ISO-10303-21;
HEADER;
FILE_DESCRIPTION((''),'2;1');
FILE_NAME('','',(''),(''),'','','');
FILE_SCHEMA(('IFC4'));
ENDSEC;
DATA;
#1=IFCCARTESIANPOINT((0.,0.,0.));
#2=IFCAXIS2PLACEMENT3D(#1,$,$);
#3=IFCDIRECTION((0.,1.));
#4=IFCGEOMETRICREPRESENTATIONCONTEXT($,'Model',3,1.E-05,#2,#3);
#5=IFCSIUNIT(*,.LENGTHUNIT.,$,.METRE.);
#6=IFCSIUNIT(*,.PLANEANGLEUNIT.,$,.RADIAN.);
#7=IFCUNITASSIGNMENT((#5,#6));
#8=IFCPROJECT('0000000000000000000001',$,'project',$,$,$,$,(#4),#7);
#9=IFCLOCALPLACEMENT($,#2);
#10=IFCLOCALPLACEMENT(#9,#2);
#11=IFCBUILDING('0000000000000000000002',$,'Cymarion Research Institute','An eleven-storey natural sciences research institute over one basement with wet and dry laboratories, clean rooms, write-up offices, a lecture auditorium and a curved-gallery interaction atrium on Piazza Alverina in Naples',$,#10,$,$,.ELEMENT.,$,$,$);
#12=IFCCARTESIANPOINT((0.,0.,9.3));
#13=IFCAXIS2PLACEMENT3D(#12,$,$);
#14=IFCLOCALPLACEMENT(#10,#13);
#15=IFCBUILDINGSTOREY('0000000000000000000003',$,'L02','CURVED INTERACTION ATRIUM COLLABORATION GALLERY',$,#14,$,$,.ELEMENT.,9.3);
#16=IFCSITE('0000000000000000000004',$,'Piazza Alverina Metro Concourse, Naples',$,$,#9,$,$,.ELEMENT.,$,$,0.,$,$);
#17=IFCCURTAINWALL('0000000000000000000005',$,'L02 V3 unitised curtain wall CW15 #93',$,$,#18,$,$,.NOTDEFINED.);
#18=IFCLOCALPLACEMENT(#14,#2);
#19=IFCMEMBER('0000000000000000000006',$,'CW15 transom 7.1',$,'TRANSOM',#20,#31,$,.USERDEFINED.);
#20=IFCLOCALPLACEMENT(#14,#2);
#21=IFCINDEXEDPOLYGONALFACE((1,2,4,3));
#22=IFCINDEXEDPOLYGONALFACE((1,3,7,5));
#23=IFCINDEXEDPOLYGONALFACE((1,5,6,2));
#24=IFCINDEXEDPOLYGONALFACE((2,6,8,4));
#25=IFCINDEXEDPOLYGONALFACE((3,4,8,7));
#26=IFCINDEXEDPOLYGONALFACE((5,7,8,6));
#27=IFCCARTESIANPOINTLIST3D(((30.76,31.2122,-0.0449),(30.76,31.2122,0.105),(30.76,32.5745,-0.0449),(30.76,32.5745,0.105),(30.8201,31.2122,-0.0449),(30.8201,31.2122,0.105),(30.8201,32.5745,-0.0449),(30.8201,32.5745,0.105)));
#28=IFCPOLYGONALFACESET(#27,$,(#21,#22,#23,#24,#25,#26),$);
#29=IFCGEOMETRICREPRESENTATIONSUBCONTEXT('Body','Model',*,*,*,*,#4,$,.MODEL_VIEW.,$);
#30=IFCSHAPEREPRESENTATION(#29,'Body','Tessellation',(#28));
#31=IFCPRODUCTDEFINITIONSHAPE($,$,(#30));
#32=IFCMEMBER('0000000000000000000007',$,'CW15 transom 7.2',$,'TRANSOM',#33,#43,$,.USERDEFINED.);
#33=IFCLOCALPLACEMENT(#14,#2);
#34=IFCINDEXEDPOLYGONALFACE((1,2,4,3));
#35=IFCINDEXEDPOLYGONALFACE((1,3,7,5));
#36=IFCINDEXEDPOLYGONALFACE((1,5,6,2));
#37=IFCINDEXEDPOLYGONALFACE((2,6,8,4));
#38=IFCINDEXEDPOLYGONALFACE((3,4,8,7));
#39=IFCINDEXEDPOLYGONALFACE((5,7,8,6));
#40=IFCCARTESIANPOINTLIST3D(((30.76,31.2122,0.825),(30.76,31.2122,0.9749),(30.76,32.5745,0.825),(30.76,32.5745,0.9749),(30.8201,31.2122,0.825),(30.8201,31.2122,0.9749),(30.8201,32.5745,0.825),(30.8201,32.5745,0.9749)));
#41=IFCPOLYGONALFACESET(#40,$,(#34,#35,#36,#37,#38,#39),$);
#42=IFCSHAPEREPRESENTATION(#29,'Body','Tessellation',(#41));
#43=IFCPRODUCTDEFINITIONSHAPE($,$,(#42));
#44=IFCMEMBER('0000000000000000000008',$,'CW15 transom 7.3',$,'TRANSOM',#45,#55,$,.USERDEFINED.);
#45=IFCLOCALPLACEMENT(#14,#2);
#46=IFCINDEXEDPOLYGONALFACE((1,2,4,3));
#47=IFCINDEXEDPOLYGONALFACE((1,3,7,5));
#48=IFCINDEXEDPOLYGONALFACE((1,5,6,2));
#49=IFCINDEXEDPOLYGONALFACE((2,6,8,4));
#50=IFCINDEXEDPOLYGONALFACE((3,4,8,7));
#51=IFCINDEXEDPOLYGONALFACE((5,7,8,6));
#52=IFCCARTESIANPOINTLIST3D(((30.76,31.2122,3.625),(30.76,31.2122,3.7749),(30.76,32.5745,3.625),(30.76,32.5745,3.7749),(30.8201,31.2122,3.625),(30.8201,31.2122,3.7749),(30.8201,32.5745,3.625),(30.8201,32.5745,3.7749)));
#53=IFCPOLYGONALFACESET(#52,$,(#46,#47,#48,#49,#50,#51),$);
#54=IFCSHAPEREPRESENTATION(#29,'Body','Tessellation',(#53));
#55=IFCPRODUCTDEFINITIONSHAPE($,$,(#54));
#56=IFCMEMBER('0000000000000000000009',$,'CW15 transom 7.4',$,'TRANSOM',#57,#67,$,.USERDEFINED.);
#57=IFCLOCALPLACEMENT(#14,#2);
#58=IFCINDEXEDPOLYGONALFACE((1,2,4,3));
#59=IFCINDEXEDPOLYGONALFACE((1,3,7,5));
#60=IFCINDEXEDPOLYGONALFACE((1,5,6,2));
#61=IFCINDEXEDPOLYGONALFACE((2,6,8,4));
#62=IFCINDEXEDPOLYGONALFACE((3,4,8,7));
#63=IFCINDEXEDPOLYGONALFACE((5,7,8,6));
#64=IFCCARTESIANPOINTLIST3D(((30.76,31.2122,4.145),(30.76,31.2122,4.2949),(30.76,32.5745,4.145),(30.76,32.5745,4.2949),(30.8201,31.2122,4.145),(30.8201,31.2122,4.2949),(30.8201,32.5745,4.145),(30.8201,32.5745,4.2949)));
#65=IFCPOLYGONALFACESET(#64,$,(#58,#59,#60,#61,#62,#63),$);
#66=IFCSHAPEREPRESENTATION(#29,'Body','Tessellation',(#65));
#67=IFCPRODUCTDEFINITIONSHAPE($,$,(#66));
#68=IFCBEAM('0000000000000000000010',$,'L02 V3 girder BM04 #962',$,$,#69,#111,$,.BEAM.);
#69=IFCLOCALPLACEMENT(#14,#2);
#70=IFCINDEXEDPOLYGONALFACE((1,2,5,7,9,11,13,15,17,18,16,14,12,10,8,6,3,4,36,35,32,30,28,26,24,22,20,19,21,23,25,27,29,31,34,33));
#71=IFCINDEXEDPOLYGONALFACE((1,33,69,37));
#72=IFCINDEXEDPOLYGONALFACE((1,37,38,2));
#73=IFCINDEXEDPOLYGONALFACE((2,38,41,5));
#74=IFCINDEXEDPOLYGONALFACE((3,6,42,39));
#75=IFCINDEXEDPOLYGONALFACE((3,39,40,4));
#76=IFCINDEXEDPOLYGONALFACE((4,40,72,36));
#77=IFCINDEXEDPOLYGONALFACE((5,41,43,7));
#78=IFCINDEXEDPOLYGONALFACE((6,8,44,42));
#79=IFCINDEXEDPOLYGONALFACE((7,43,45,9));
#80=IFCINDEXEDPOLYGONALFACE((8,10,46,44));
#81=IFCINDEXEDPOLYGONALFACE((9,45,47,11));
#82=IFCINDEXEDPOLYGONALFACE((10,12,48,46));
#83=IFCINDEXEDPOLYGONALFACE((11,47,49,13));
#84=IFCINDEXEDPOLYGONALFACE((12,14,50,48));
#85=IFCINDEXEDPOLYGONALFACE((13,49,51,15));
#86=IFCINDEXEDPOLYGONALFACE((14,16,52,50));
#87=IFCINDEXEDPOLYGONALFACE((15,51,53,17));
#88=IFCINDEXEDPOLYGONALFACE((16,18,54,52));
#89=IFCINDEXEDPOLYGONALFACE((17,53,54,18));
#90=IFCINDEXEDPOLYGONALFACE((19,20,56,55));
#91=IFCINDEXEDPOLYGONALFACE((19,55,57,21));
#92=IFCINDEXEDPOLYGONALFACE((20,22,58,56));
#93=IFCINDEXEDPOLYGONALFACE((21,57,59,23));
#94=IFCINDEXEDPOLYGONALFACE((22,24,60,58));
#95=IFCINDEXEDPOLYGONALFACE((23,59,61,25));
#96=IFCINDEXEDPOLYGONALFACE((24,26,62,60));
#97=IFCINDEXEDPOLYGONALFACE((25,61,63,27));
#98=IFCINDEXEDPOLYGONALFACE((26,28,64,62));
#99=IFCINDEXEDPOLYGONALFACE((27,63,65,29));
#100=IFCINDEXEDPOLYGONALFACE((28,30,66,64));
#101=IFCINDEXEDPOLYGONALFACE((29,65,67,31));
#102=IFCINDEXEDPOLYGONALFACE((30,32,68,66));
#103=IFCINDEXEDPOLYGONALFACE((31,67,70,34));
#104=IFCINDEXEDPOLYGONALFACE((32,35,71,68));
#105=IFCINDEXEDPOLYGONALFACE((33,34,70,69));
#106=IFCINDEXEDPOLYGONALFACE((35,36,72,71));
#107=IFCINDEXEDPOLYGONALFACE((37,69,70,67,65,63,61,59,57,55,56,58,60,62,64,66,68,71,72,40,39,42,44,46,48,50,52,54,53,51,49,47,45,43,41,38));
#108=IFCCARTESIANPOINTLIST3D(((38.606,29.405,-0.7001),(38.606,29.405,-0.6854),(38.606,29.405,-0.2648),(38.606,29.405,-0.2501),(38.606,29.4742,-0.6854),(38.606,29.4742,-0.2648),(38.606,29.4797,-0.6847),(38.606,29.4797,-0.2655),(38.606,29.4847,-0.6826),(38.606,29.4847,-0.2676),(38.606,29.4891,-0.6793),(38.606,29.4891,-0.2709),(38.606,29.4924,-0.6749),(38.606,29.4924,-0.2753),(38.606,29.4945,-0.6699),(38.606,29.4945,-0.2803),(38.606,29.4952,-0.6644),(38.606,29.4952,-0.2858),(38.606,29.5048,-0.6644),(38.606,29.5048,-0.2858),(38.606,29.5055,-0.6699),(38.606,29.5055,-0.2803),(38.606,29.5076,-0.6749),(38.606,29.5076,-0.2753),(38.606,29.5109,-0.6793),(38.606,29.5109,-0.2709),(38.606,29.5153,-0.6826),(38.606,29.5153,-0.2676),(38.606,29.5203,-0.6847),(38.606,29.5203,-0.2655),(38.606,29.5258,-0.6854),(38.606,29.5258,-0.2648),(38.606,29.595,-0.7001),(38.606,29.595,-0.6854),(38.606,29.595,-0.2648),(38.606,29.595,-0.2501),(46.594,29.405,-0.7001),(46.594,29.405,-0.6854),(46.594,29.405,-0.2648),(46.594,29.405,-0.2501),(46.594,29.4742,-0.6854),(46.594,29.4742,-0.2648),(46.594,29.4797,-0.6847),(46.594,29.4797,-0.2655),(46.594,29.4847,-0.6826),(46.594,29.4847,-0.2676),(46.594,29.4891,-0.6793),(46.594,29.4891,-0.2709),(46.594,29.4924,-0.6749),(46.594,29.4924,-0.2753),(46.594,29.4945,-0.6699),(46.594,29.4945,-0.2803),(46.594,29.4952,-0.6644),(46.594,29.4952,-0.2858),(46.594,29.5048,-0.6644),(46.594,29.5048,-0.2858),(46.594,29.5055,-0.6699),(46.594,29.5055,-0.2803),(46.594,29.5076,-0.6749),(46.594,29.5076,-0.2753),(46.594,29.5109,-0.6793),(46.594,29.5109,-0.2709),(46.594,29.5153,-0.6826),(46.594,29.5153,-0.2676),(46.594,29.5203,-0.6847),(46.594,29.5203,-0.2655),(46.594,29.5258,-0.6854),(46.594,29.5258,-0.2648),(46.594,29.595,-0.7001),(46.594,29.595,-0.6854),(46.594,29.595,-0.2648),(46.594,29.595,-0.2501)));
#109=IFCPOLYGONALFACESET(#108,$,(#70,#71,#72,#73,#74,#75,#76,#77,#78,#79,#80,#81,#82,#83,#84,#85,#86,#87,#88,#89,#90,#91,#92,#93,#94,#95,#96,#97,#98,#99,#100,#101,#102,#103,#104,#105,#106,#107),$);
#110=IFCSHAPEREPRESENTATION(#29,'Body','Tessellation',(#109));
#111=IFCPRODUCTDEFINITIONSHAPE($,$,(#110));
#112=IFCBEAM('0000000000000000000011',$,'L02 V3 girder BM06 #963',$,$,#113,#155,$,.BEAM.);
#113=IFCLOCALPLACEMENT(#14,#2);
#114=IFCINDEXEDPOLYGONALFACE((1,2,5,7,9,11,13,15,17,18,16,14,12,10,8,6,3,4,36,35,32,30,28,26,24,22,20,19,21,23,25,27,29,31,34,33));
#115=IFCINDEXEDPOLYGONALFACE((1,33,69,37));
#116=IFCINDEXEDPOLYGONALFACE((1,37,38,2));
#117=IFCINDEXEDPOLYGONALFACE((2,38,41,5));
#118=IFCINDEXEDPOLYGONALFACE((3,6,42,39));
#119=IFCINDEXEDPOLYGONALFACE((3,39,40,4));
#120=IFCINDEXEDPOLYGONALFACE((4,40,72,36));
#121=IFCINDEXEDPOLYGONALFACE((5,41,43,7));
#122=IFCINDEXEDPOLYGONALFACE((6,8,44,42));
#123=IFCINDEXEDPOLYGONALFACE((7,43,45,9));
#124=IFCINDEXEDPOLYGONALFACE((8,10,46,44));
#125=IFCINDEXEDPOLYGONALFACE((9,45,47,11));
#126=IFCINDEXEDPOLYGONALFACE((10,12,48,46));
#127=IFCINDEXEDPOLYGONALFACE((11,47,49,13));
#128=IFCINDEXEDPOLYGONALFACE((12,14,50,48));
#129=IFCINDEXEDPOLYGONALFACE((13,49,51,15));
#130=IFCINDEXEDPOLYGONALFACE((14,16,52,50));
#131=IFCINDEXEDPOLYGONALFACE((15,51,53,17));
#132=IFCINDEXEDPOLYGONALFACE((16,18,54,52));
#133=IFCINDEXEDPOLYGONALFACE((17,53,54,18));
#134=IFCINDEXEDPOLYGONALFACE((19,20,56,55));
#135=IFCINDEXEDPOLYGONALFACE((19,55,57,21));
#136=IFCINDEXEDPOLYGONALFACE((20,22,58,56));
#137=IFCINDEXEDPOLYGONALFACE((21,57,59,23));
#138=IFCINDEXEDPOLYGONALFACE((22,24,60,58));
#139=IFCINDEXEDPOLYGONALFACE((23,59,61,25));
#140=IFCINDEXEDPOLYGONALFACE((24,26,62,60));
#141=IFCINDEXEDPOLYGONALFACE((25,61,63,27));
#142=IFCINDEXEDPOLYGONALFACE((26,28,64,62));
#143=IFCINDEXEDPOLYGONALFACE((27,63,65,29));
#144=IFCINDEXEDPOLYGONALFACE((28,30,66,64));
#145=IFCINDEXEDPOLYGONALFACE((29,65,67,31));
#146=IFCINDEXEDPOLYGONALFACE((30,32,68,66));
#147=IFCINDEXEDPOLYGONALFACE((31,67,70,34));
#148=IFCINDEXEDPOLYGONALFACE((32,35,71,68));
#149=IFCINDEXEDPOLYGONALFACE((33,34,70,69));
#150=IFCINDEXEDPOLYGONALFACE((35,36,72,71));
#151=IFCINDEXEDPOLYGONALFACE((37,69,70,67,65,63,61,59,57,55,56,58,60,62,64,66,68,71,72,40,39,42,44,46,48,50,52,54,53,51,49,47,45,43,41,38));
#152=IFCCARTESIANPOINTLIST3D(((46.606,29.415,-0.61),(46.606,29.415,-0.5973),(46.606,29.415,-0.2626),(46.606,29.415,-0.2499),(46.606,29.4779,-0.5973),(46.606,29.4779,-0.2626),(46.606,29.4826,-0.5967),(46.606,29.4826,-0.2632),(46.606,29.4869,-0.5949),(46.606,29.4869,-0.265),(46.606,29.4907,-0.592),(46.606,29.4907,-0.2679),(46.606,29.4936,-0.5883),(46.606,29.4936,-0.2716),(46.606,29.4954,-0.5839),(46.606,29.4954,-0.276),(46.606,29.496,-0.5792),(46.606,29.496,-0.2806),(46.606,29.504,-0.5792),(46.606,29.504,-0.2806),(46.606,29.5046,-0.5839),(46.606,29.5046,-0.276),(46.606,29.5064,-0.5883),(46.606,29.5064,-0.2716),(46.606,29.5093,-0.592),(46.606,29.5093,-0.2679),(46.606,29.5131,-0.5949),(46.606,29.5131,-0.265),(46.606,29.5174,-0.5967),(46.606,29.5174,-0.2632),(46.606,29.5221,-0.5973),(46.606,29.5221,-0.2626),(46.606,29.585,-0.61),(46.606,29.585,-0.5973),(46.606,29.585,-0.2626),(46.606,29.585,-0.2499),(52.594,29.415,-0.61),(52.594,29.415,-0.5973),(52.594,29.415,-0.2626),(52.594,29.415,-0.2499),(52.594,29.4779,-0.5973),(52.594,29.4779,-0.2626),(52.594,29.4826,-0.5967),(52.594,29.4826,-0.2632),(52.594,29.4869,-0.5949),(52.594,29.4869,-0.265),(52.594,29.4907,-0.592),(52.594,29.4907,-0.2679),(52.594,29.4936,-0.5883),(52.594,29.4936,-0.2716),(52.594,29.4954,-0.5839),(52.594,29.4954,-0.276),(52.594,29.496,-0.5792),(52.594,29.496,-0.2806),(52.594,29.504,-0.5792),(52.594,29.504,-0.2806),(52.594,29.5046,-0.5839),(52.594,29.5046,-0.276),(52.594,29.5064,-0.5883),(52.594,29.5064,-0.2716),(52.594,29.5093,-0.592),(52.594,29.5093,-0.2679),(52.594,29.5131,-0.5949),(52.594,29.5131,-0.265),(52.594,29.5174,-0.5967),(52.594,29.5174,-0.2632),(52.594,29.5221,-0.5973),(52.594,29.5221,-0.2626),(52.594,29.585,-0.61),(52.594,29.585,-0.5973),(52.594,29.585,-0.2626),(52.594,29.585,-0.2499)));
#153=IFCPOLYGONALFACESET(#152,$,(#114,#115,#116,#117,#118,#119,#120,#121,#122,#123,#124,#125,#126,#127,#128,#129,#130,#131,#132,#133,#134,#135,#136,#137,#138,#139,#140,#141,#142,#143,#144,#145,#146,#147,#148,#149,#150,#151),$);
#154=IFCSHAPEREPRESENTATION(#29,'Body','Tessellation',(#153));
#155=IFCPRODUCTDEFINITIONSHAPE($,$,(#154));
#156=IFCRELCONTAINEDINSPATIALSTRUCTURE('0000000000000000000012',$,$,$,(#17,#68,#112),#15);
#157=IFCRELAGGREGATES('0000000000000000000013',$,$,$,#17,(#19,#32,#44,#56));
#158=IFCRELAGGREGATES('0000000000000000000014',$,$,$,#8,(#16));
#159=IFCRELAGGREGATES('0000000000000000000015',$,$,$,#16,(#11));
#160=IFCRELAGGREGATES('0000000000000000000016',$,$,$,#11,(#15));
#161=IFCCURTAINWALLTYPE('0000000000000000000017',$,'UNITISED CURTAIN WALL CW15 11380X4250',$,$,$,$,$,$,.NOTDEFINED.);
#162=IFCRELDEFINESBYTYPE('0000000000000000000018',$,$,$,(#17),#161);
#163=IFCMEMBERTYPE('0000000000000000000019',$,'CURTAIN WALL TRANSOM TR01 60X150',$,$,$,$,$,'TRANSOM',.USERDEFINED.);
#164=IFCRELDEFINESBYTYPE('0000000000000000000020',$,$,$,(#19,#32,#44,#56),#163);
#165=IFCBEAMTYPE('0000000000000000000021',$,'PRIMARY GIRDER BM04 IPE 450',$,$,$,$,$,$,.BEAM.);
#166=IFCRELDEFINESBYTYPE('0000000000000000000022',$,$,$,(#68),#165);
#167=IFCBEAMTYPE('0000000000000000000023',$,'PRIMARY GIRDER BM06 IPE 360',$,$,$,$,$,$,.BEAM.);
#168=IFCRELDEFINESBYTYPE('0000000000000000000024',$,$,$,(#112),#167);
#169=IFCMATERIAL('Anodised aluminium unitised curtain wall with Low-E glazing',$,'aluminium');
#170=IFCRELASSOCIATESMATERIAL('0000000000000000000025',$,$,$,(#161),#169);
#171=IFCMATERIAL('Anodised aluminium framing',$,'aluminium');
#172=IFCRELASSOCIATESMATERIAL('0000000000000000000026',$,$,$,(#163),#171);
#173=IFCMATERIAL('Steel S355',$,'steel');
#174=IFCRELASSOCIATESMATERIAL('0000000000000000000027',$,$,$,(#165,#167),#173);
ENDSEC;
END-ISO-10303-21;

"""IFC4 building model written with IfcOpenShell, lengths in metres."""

from ifc_helpers import new_model, si_unit, direction, frame, origin, origin_2d, place, context, subcontext, project, spatial, rectangle, i_section, extrude, material, material_profile, profile_set, type_object, element, aggregate, save


model = new_model("IFC4")

# Units and contexts
model_context = context("Model", 3, precision=1e-05, world=origin(), true_north=direction((0.0, 1.0)))
body_context = subcontext(model_context, "Body", "Model", "MODEL_VIEW")
ifc_project = project(units=[si_unit("LENGTHUNIT", "METRE"), si_unit("PLANEANGLEUNIT", "RADIAN")], contexts=[model_context])

# Site, building, storey
site_placement = place(None, origin())
site = spatial("IfcSite", under=ifc_project, at=site_placement, Name="Piazza Alverina Metro Concourse, Naples", CompositionType="ELEMENT", RefElevation=0.0)
building_placement = place(site_placement, origin())
building = spatial("IfcBuilding", under=site, at=building_placement, Name="Cymarion Research Institute", Description="An eleven-storey natural sciences research institute over one basement with wet and dry laboratories, clean rooms, write-up offices, a lecture auditorium and a curved-gallery interaction atrium on Piazza Alverina in Naples", CompositionType="ELEMENT")
storey_placement = place(building_placement, frame((0.0, 0.0, 9.3)))
storey = spatial("IfcBuildingStorey", under=building, at=storey_placement, Name="L02", Description="CURVED INTERACTION ATRIUM COLLABORATION GALLERY", CompositionType="ELEMENT", Elevation=9.3)

# Shared definitions
ifc_material_1 = material(Name="Steel S355", Category="steel")

# Curtain wall, members
ifc_material_2 = material(Name="Anodised aluminium unitised curtain wall with Low-E glazing", Category="aluminium")
curtain_wall_type = type_object("IfcCurtainWallType", Name="UNITISED CURTAIN WALL CW15 11380X4250", PredefinedType="NOTDEFINED", material=ifc_material_2)
curtain_wall_placement = place(storey_placement, origin())
curtain_wall = element("IfcCurtainWall", 1, at=curtain_wall_placement, inside=storey, type_object=curtain_wall_type, Name="L02 V3 unitised curtain wall CW15 #93", PredefinedType="NOTDEFINED")
ifc_material_3 = material(Name="Anodised aluminium framing", Category="aluminium")
ifc_material_profile_1 = material_profile(ifc_material_3, rectangle(XDim=0.0601, YDim=0.1499, at=origin_2d()), Name="ALU TRANSOM 60x150")
ifc_profile_set_1 = profile_set([ifc_material_profile_1], Name="Anodised aluminium framing")
member_type_1 = type_object("IfcMemberType", Name="CURTAIN WALL TRANSOM TR01 60X150", ElementType="TRANSOM", PredefinedType="USERDEFINED", material=ifc_profile_set_1)
member_1_placement = place(storey_placement, frame((30.79, 32.5745, 0.03), z_axis=(0.0, -1.0, 0.0), x_axis=(1.0, 0.0, 0.0)))
member_1 = element("IfcMember", 2, at=member_1_placement, type_object=member_type_1, Name="CW15 transom 7.1", ObjectType="TRANSOM", PredefinedType="USERDEFINED", context=body_context, shape_type="SweptSolid", body=[
    extrude(rectangle(XDim=0.0601, YDim=0.1499, at=origin_2d()), origin(), (0.0, 0.0, 1.0), 1.3623),
])
member_2_placement = place(storey_placement, frame((30.79, 32.5745, 0.8999), z_axis=(0.0, -1.0, 0.0), x_axis=(1.0, 0.0, 0.0)))
member_2 = element("IfcMember", 3, at=member_2_placement, type_object=member_type_1, Name="CW15 transom 7.2", ObjectType="TRANSOM", PredefinedType="USERDEFINED", context=body_context, shape_type="SweptSolid", body=[
    extrude(rectangle(XDim=0.0601, YDim=0.1499, at=origin_2d()), origin(), (0.0, 0.0, 1.0), 1.3623),
])
member_3_placement = place(storey_placement, frame((30.79, 32.5745, 3.7), z_axis=(0.0, -1.0, 0.0), x_axis=(1.0, 0.0, 0.0)))
member_3 = element("IfcMember", 4, at=member_3_placement, type_object=member_type_1, Name="CW15 transom 7.3", ObjectType="TRANSOM", PredefinedType="USERDEFINED", context=body_context, shape_type="SweptSolid", body=[
    extrude(rectangle(XDim=0.0601, YDim=0.1499, at=origin_2d()), origin(), (0.0, 0.0, 1.0), 1.3623),
])
member_4_placement = place(storey_placement, frame((30.79, 32.5745, 4.22), z_axis=(0.0, -1.0, 0.0), x_axis=(1.0, 0.0, 0.0)))
member_4 = element("IfcMember", 5, at=member_4_placement, type_object=member_type_1, Name="CW15 transom 7.4", ObjectType="TRANSOM", PredefinedType="USERDEFINED", context=body_context, shape_type="SweptSolid", body=[
    extrude(rectangle(XDim=0.0601, YDim=0.1499, at=origin_2d()), origin(), (0.0, 0.0, 1.0), 1.3623),
])

# Beams
ifc_material_profile_2 = material_profile(ifc_material_1, i_section(OverallWidth=0.1899, OverallDepth=0.45, WebThickness=0.0095, FlangeThickness=0.0146, FilletRadius=0.021, at=origin_2d()), Name="IPE 450")
ifc_profile_set_2 = profile_set([ifc_material_profile_2], Name="Steel S355")
beam_type_1 = type_object("IfcBeamType", Name="PRIMARY GIRDER BM04 IPE 450", PredefinedType="BEAM", material=ifc_profile_set_2)
beam_1_placement = place(storey_placement, frame((38.606, 29.5, -0.4751), z_axis=(1.0, 0.0, 0.0), x_axis=(0.0, 1.0, 0.0)))
element("IfcBeam", 6, at=beam_1_placement, inside=storey, type_object=beam_type_1, Name="L02 V3 girder BM04 #962", PredefinedType="BEAM", context=body_context, shape_type="SweptSolid", body=[
    extrude(i_section(OverallWidth=0.1899, OverallDepth=0.45, WebThickness=0.0095, FlangeThickness=0.0146, FilletRadius=0.021, at=origin_2d()), origin(), (0.0, 0.0, 1.0), 7.988),
])
ifc_material_profile_3 = material_profile(ifc_material_1, i_section(OverallWidth=0.1699, OverallDepth=0.3601, WebThickness=0.0081, FlangeThickness=0.0127, FilletRadius=0.0181, at=origin_2d()), Name="IPE 360")
ifc_profile_set_3 = profile_set([ifc_material_profile_3], Name="Steel S355")
beam_type_2 = type_object("IfcBeamType", Name="PRIMARY GIRDER BM06 IPE 360", PredefinedType="BEAM", material=ifc_profile_set_3)
beam_2_placement = place(storey_placement, frame((46.606, 29.5, -0.4299), z_axis=(1.0, 0.0, 0.0), x_axis=(0.0, 1.0, 0.0)))
element("IfcBeam", 7, at=beam_2_placement, inside=storey, type_object=beam_type_2, Name="L02 V3 girder BM06 #963", PredefinedType="BEAM", context=body_context, shape_type="SweptSolid", body=[
    extrude(i_section(OverallWidth=0.1699, OverallDepth=0.3601, WebThickness=0.0081, FlangeThickness=0.0127, FilletRadius=0.0181, at=origin_2d()), origin(), (0.0, 0.0, 1.0), 5.988),
])

aggregate(curtain_wall, [member_1, member_2, member_3, member_4])

save(model, "model.ifc")
